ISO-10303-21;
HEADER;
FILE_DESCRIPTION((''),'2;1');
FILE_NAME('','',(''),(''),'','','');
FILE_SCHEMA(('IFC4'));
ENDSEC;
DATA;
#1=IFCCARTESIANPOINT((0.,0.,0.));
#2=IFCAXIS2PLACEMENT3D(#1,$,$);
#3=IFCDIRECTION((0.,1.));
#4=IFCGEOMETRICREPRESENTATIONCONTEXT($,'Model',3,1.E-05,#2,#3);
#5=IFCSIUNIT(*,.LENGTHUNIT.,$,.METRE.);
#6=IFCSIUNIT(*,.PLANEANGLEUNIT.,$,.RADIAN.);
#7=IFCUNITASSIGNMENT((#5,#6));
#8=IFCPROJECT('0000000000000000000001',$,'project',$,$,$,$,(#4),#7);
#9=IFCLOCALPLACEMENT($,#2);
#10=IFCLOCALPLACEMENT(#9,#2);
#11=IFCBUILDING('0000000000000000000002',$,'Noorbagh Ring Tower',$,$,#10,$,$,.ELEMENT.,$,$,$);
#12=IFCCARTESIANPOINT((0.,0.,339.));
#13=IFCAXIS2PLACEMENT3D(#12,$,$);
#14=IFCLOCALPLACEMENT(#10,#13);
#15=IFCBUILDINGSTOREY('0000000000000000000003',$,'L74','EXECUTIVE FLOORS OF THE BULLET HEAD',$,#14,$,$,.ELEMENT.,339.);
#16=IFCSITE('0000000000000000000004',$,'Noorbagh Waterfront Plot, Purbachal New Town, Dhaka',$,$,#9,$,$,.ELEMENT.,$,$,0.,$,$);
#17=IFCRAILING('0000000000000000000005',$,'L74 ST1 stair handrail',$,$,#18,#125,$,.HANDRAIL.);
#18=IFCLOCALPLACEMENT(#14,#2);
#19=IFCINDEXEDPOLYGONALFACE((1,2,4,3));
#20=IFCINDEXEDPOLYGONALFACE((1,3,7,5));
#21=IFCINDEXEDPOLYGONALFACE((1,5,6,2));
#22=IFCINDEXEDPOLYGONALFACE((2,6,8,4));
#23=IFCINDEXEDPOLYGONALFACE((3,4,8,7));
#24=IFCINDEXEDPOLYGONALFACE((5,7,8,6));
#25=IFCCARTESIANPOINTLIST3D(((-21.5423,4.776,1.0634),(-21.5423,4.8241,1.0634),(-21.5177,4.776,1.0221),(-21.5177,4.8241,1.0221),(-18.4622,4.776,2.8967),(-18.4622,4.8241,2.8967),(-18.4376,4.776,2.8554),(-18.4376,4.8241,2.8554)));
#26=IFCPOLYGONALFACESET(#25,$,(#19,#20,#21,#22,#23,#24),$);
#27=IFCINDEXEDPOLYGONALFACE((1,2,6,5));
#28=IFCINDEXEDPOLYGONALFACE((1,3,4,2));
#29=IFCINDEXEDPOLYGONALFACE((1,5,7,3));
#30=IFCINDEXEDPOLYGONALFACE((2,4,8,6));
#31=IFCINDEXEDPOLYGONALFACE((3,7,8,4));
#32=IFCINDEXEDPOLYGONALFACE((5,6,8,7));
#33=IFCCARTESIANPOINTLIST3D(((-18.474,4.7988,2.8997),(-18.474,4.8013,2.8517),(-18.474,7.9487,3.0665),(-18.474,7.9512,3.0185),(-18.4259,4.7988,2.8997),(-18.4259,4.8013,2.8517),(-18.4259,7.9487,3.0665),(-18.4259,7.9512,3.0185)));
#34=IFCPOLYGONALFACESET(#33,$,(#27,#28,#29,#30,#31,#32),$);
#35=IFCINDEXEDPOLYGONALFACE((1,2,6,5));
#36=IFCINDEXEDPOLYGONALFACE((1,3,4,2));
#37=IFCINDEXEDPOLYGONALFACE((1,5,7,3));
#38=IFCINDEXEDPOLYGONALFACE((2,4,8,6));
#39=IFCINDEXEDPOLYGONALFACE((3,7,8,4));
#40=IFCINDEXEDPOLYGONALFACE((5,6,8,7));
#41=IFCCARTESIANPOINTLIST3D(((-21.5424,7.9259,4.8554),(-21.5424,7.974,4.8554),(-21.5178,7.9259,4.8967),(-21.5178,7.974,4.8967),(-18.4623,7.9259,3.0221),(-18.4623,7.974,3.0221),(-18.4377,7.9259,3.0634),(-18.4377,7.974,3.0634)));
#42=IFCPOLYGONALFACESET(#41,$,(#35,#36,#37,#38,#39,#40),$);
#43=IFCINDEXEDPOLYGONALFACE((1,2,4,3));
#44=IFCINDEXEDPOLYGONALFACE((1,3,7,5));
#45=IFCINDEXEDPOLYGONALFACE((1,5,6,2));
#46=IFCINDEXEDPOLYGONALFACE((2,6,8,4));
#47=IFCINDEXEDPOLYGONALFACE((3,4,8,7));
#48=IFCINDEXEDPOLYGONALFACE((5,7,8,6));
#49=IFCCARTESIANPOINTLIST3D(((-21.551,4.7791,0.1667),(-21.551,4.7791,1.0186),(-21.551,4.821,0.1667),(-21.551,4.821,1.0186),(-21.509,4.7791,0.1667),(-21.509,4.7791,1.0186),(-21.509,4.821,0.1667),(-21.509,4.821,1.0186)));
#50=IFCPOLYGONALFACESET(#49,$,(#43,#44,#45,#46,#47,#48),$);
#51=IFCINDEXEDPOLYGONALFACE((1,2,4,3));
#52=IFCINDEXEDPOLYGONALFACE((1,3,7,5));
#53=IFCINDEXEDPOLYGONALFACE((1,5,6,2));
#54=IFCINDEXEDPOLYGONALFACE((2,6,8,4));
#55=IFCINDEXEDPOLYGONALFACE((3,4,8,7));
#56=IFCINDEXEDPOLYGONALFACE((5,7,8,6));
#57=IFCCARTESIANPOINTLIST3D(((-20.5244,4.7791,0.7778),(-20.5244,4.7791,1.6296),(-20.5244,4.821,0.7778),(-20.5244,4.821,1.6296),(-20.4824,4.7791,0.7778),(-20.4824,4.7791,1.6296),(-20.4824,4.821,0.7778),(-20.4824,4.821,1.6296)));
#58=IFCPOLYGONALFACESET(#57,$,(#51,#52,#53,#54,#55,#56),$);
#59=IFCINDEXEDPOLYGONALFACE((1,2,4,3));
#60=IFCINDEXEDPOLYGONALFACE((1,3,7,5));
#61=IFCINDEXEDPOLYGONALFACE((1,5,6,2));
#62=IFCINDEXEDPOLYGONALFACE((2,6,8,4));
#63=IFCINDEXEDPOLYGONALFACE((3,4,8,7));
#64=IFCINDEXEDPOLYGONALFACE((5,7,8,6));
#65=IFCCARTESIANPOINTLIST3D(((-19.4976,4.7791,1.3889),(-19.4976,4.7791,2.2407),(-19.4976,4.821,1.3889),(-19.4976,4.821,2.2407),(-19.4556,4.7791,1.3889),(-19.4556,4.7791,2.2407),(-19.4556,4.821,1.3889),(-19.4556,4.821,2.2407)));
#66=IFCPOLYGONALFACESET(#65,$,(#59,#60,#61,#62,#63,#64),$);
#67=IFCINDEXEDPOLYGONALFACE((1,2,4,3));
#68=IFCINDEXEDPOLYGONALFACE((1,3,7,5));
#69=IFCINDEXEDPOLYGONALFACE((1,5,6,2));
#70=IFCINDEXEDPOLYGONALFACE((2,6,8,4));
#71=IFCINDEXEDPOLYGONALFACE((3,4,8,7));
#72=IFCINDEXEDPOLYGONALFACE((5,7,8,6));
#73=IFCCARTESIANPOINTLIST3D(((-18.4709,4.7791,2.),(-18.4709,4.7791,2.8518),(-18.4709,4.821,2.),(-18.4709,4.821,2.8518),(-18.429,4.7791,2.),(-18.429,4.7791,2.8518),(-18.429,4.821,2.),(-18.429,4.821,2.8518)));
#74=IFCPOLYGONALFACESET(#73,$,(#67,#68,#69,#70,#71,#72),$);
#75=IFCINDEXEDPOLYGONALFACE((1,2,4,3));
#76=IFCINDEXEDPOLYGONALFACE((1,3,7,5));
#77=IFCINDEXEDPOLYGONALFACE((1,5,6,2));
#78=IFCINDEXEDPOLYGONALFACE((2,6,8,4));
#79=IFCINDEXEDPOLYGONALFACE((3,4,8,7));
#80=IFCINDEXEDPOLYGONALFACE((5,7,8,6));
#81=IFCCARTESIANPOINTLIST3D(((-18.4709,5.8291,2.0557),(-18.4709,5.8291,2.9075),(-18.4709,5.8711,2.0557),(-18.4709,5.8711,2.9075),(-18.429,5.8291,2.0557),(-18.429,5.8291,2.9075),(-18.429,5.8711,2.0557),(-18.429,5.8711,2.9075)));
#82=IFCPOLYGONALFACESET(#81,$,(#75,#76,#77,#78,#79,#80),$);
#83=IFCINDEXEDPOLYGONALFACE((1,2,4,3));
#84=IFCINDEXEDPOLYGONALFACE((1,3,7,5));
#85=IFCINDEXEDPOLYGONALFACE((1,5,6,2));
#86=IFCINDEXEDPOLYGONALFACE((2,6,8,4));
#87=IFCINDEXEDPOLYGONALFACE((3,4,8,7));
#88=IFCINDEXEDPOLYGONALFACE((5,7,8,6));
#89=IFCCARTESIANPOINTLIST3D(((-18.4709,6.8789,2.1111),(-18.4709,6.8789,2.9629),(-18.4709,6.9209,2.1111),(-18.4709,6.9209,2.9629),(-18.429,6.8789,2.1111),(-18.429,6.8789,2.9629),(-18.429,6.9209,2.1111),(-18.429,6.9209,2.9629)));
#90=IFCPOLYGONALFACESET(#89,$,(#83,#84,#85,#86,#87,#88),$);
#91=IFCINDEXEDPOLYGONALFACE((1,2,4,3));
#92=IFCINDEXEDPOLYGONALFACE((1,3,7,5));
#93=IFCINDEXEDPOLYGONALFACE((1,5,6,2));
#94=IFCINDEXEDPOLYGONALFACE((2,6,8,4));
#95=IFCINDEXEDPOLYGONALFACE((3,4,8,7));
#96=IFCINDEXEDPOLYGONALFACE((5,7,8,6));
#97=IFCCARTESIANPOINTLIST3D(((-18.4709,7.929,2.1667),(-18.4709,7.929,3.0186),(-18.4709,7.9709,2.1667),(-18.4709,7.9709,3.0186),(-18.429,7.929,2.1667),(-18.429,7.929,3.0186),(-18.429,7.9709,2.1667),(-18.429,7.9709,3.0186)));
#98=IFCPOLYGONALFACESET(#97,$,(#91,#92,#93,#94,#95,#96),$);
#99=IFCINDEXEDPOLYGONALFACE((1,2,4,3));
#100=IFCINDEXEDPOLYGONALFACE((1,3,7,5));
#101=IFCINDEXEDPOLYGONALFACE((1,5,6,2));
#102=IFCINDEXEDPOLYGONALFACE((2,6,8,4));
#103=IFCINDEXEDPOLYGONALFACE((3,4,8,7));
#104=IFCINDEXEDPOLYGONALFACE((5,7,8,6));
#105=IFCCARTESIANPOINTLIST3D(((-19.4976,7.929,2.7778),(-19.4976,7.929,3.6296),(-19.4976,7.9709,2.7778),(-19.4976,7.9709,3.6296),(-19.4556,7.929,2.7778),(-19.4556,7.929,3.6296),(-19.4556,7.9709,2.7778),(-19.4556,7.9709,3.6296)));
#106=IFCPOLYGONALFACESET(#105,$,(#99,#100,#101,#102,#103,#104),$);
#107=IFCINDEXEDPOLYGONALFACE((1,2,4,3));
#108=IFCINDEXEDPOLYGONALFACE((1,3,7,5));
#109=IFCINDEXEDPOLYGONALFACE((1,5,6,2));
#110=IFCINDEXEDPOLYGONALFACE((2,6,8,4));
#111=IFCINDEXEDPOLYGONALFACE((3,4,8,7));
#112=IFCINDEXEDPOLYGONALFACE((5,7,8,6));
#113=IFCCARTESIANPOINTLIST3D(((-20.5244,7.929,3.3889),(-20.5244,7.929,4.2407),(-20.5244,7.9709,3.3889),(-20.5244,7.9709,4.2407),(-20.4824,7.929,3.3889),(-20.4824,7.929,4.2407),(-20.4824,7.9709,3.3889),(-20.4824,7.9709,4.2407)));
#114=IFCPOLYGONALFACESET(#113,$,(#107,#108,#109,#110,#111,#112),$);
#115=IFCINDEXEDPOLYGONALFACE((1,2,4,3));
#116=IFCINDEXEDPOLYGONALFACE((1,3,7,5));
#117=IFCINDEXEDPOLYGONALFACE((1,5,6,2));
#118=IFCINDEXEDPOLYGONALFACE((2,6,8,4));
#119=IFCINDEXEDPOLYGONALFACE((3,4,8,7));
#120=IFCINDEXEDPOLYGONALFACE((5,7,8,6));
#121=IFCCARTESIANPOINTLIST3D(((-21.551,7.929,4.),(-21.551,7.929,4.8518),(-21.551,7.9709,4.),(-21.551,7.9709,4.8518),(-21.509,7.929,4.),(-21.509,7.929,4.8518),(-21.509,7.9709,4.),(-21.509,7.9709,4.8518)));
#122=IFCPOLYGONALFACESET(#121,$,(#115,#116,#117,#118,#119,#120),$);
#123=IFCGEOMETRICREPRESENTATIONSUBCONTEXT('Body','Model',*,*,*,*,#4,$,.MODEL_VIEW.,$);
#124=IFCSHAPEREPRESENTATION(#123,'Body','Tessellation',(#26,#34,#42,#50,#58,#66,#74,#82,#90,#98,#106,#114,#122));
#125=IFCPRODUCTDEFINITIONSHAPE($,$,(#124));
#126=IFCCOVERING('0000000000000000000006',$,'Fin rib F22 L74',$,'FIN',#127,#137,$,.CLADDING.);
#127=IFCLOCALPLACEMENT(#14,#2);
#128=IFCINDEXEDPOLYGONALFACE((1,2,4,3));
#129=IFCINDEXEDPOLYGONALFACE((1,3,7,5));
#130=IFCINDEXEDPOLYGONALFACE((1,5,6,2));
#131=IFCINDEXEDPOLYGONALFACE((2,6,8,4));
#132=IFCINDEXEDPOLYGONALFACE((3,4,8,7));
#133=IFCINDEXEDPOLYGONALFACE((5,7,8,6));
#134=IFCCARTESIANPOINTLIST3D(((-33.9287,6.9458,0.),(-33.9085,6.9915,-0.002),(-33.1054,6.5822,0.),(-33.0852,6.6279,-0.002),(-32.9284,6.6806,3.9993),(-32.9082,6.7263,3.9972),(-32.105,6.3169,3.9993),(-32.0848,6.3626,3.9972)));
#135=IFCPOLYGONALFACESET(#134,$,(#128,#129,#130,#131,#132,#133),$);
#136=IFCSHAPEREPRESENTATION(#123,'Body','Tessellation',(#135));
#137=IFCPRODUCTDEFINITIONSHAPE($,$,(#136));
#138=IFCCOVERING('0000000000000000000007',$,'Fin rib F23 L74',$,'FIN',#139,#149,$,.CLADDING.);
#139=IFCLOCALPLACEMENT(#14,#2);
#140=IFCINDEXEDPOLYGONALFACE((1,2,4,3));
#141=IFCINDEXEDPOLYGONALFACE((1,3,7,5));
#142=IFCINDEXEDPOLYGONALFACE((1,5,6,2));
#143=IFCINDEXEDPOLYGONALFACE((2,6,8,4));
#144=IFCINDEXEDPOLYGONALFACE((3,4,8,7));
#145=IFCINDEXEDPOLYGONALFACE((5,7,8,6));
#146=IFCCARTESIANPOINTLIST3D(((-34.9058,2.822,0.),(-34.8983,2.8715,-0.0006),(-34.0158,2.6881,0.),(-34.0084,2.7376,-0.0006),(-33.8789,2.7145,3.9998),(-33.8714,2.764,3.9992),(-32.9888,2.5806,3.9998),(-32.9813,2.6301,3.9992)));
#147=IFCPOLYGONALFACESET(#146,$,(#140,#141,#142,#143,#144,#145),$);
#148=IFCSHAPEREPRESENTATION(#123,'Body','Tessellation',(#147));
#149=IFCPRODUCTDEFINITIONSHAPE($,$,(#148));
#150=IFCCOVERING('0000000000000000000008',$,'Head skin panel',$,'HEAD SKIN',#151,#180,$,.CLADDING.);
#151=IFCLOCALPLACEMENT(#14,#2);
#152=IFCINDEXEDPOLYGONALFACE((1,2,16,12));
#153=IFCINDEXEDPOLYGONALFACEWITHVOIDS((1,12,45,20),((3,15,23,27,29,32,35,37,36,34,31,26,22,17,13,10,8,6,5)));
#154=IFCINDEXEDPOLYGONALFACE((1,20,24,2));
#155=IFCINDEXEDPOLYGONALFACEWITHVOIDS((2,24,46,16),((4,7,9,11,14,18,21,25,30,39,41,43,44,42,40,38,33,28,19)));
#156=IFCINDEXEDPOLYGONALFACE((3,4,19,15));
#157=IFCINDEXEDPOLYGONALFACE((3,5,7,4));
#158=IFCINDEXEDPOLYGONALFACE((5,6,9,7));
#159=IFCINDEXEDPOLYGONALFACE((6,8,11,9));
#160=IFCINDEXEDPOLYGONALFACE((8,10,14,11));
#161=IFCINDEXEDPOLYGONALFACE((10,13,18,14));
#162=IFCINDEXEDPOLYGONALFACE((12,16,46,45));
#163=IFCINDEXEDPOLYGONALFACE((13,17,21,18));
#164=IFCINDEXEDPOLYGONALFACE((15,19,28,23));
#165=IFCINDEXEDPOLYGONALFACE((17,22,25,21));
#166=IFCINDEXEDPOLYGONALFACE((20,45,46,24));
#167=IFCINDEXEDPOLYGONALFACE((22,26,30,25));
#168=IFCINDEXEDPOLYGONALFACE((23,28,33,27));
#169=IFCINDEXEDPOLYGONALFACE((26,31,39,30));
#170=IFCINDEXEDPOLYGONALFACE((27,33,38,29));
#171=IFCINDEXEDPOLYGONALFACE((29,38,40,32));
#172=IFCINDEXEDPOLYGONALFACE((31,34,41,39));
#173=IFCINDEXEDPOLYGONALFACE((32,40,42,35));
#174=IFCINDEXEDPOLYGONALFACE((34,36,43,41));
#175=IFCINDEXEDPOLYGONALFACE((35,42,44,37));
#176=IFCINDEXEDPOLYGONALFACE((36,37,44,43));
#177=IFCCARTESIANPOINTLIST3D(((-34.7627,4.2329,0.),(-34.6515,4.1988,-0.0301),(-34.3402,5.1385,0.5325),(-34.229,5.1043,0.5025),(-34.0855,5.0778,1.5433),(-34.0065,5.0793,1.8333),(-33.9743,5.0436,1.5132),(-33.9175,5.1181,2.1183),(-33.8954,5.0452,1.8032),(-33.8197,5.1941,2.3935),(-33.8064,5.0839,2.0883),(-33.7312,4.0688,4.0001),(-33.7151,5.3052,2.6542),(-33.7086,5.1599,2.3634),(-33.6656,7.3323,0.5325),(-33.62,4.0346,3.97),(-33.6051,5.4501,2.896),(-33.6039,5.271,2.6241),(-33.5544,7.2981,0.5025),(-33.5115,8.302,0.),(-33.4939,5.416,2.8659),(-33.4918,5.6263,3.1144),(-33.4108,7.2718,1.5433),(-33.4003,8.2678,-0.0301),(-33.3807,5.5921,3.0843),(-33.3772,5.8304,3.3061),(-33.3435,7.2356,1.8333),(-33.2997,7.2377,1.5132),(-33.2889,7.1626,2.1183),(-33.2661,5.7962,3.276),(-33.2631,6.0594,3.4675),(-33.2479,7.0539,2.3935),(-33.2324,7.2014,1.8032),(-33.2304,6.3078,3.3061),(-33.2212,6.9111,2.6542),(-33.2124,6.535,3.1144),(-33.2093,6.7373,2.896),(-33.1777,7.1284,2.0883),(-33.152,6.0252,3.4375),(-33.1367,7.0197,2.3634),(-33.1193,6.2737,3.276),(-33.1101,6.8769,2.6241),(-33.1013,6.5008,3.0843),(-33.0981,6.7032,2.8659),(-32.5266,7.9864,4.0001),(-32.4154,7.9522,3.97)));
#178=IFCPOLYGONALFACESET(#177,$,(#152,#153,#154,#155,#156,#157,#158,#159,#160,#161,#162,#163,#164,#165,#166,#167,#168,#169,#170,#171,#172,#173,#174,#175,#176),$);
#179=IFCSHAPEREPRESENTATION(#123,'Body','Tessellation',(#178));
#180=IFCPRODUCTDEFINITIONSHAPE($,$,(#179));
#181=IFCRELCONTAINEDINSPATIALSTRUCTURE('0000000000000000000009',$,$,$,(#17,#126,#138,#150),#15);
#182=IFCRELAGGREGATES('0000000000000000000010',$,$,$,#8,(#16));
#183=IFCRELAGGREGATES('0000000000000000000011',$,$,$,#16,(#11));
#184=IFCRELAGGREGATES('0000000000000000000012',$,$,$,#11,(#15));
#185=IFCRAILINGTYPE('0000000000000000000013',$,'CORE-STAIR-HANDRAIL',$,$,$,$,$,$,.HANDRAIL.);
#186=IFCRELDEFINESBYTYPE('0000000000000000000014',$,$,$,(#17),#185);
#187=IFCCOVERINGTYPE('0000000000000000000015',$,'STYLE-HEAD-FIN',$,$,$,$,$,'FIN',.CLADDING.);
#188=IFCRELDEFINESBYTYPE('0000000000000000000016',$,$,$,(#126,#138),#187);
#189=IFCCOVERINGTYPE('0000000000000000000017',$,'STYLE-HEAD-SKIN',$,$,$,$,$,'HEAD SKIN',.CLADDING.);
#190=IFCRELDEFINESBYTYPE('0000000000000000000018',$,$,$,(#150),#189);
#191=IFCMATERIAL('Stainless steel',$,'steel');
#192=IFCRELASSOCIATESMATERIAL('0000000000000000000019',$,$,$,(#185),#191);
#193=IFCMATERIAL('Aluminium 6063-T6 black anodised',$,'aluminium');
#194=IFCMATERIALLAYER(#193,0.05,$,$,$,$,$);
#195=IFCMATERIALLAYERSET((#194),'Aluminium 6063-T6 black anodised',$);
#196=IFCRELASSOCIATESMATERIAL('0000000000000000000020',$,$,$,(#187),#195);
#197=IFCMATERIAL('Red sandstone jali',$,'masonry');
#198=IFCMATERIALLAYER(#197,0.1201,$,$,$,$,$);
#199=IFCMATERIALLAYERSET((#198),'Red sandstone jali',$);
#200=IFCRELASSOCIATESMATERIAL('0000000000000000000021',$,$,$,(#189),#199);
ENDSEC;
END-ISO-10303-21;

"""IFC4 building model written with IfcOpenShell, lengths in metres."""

from ifc_helpers import new_model, si_unit, direction, frame, origin, origin_2d, place, context, subcontext, project, spatial, polyline, rectangle, outline, extrude, material, layer, layer_set, type_object, element, save


model = new_model("IFC4")

# Units and contexts
model_context = context("Model", 3, precision=1e-05, world=origin(), true_north=direction((0.0, 1.0)))
body_context = subcontext(model_context, "Body", "Model", "MODEL_VIEW")
ifc_project = project(units=[si_unit("LENGTHUNIT", "METRE"), si_unit("PLANEANGLEUNIT", "RADIAN")], contexts=[model_context])

# Site, building, storey
site_placement = place(None, origin())
site = spatial("IfcSite", under=ifc_project, at=site_placement, Name="Noorbagh Waterfront Plot, Purbachal New Town, Dhaka", CompositionType="ELEMENT", RefElevation=0.0)
building_placement = place(site_placement, origin())
building = spatial("IfcBuilding", under=site, at=building_placement, Name="Noorbagh Ring Tower", CompositionType="ELEMENT")
storey_placement = place(building_placement, frame((0.0, 0.0, 339.0)))
storey = spatial("IfcBuildingStorey", under=building, at=storey_placement, Name="L74", Description="EXECUTIVE FLOORS OF THE BULLET HEAD", CompositionType="ELEMENT", Elevation=339.0)

# Railing
ifc_material_1 = material(Name="Stainless steel", Category="steel")
railing_type_1 = type_object("IfcRailingType", Name="CORE-STAIR-HANDRAIL", PredefinedType="HANDRAIL", material=ifc_material_1)
railing_1_placement = place(storey_placement, frame((-21.53, 4.8, 0.1667)))
element("IfcRailing", 1, at=railing_1_placement, inside=storey, type_object=railing_type_1, Name="L74 ST1 stair handrail", PredefinedType="HANDRAIL", context=body_context, shape_type="SweptSolid", body=[
    extrude(rectangle(XDim=0.0481, YDim=0.0481, at=origin_2d()), frame((0.0, 0.0, 0.876), z_axis=(0.859309, 0.0, 0.511458), x_axis=(0.0, 1.0, 0.0)), (0.0, 0.0, 1.0), 3.5845),
    extrude(rectangle(XDim=0.0481, YDim=0.0481, at=origin_2d()), frame((3.0801, 0.0, 2.709), z_axis=(0.0, 0.998602, 0.052864), x_axis=(-1.0, 0.0, 0.0)), (0.0, 0.0, 1.0), 3.1543),
    extrude(rectangle(XDim=0.0481, YDim=0.0481, at=origin_2d()), frame((3.0801, 3.1499, 2.876), z_axis=(-0.859309, 0.0, 0.511458), x_axis=(0.0, -1.0, 0.0)), (0.0, 0.0, 1.0), 3.5845),
    extrude(rectangle(XDim=0.042, YDim=0.042, at=origin_2d()), origin(), (0.0, 0.0, 1.0), 0.8518),
    extrude(rectangle(XDim=0.042, YDim=0.042, at=origin_2d()), frame((1.0266, 0.0, 0.6111)), (0.0, 0.0, 1.0), 0.8518),
    extrude(rectangle(XDim=0.042, YDim=0.042, at=origin_2d()), frame((2.0535, 0.0, 1.2222)), (0.0, 0.0, 1.0), 0.8518),
    extrude(rectangle(XDim=0.042, YDim=0.042, at=origin_2d()), frame((3.0801, 0.0, 1.8333)), (0.0, 0.0, 1.0), 0.8518),
    extrude(rectangle(XDim=0.042, YDim=0.042, at=origin_2d()), frame((3.0801, 1.05, 1.8889)), (0.0, 0.0, 1.0), 0.8518),
    extrude(rectangle(XDim=0.042, YDim=0.042, at=origin_2d()), frame((3.0801, 2.0999, 1.9443)), (0.0, 0.0, 1.0), 0.8518),
    extrude(rectangle(XDim=0.042, YDim=0.042, at=origin_2d()), frame((3.0801, 3.1499, 2.0)), (0.0, 0.0, 1.0), 0.8518),
    extrude(rectangle(XDim=0.042, YDim=0.042, at=origin_2d()), frame((2.0535, 3.1499, 2.6111)), (0.0, 0.0, 1.0), 0.8518),
    extrude(rectangle(XDim=0.042, YDim=0.042, at=origin_2d()), frame((1.0266, 3.1499, 3.2222)), (0.0, 0.0, 1.0), 0.8518),
    extrude(rectangle(XDim=0.042, YDim=0.042, at=origin_2d()), frame((0.0, 3.1499, 3.8333)), (0.0, 0.0, 1.0), 0.8518),
])

# Coverings
ifc_material_2 = material(Name="Aluminium 6063-T6 black anodised", Category="aluminium")
ifc_layer_1 = layer(ifc_material_2, 0.05)
ifc_layer_set_1 = layer_set([ifc_layer_1], Name="Aluminium 6063-T6 black anodised")
covering_type_1 = type_object("IfcCoveringType", Name="STYLE-HEAD-FIN", ElementType="FIN", PredefinedType="CLADDING", material=ifc_layer_set_1)
covering_1_placement = place(storey_placement, frame((-33.9287, 6.9458, 0.0), z_axis=(-0.403682, -0.914009, 0.040353), x_axis=(0.242148, -0.064206, 0.968113)))
element("IfcCovering", 2, at=covering_1_placement, inside=storey, type_object=covering_type_1, Name="Fin rib F22 L74", ObjectType="FIN", PredefinedType="CLADDING", context=body_context, shape_type="SweptSolid", body=[
    extrude(outline(polyline([(0.0, 0.0), (4.131, 0.0), (4.3537, -0.8722), (0.2227, -0.872), (0.0, 0.0)])), origin(), (0.0, 0.0, -1.0), 0.05),
])
covering_2_placement = place(storey_placement, frame((-34.9058, 2.822, 0.0), z_axis=(-0.148775, -0.988803, 0.011613), x_axis=(0.248586, -0.026031, 0.96826)))
element("IfcCovering", 3, at=covering_2_placement, inside=storey, type_object=covering_type_1, Name="Fin rib F23 L74", ObjectType="FIN", PredefinedType="CLADDING", context=body_context, shape_type="SweptSolid", body=[
    extrude(outline(polyline([(0.0, 0.0), (4.1309, 0.0), (4.3556, -0.8716), (0.2247, -0.8714), (0.0, 0.0)])), origin(), (0.0, 0.0, -1.0), 0.05),
])
ifc_material_3 = material(Name="Red sandstone jali", Category="masonry")
ifc_layer_2 = layer(ifc_material_3, 0.1201)
ifc_layer_set_2 = layer_set([ifc_layer_2], Name="Red sandstone jali")
covering_type_2 = type_object("IfcCoveringType", Name="STYLE-HEAD-SKIN", ElementType="HEAD SKIN", PredefinedType="CLADDING", material=ifc_layer_set_2)
covering_3_placement = place(storey_placement, frame((-33.5115, 8.302, 0.0), z_axis=(-0.925405, 0.284555, 0.250307), x_axis=(-0.293911, -0.955833, 0.0)))
element("IfcCovering", 4, at=covering_3_placement, inside=storey, type_object=covering_type_2, Name="Head skin panel", ObjectType="HEAD SKIN", PredefinedType="CLADDING", context=body_context, shape_type="SweptSolid", body=[
    extrude(outline(polyline([(0.0, 0.0), (4.2571, 0.0), (4.1108, 4.1316), (0.0122, 4.1316), (0.0, 0.0)]), holes=[polyline([(0.9722, 0.55), (0.9551, 1.594), (0.97, 1.8936), (1.0237, 2.188), (1.1155, 2.4722), (1.2441, 2.7415), (1.4067, 2.9912), (1.6011, 3.2168), (1.8235, 3.4148), (2.0706, 3.5815), (2.323, 3.4148), (2.5518, 3.2168), (2.7534, 2.9912), (2.9243, 2.7415), (3.0613, 2.4722), (3.1626, 2.188), (3.2258, 1.8936), (3.2505, 1.594), (3.2673, 0.55), (0.9722, 0.55)])]), origin(), (0.0, 0.0, -1.0), 0.1201),
])

save(model, "model.ifc")
